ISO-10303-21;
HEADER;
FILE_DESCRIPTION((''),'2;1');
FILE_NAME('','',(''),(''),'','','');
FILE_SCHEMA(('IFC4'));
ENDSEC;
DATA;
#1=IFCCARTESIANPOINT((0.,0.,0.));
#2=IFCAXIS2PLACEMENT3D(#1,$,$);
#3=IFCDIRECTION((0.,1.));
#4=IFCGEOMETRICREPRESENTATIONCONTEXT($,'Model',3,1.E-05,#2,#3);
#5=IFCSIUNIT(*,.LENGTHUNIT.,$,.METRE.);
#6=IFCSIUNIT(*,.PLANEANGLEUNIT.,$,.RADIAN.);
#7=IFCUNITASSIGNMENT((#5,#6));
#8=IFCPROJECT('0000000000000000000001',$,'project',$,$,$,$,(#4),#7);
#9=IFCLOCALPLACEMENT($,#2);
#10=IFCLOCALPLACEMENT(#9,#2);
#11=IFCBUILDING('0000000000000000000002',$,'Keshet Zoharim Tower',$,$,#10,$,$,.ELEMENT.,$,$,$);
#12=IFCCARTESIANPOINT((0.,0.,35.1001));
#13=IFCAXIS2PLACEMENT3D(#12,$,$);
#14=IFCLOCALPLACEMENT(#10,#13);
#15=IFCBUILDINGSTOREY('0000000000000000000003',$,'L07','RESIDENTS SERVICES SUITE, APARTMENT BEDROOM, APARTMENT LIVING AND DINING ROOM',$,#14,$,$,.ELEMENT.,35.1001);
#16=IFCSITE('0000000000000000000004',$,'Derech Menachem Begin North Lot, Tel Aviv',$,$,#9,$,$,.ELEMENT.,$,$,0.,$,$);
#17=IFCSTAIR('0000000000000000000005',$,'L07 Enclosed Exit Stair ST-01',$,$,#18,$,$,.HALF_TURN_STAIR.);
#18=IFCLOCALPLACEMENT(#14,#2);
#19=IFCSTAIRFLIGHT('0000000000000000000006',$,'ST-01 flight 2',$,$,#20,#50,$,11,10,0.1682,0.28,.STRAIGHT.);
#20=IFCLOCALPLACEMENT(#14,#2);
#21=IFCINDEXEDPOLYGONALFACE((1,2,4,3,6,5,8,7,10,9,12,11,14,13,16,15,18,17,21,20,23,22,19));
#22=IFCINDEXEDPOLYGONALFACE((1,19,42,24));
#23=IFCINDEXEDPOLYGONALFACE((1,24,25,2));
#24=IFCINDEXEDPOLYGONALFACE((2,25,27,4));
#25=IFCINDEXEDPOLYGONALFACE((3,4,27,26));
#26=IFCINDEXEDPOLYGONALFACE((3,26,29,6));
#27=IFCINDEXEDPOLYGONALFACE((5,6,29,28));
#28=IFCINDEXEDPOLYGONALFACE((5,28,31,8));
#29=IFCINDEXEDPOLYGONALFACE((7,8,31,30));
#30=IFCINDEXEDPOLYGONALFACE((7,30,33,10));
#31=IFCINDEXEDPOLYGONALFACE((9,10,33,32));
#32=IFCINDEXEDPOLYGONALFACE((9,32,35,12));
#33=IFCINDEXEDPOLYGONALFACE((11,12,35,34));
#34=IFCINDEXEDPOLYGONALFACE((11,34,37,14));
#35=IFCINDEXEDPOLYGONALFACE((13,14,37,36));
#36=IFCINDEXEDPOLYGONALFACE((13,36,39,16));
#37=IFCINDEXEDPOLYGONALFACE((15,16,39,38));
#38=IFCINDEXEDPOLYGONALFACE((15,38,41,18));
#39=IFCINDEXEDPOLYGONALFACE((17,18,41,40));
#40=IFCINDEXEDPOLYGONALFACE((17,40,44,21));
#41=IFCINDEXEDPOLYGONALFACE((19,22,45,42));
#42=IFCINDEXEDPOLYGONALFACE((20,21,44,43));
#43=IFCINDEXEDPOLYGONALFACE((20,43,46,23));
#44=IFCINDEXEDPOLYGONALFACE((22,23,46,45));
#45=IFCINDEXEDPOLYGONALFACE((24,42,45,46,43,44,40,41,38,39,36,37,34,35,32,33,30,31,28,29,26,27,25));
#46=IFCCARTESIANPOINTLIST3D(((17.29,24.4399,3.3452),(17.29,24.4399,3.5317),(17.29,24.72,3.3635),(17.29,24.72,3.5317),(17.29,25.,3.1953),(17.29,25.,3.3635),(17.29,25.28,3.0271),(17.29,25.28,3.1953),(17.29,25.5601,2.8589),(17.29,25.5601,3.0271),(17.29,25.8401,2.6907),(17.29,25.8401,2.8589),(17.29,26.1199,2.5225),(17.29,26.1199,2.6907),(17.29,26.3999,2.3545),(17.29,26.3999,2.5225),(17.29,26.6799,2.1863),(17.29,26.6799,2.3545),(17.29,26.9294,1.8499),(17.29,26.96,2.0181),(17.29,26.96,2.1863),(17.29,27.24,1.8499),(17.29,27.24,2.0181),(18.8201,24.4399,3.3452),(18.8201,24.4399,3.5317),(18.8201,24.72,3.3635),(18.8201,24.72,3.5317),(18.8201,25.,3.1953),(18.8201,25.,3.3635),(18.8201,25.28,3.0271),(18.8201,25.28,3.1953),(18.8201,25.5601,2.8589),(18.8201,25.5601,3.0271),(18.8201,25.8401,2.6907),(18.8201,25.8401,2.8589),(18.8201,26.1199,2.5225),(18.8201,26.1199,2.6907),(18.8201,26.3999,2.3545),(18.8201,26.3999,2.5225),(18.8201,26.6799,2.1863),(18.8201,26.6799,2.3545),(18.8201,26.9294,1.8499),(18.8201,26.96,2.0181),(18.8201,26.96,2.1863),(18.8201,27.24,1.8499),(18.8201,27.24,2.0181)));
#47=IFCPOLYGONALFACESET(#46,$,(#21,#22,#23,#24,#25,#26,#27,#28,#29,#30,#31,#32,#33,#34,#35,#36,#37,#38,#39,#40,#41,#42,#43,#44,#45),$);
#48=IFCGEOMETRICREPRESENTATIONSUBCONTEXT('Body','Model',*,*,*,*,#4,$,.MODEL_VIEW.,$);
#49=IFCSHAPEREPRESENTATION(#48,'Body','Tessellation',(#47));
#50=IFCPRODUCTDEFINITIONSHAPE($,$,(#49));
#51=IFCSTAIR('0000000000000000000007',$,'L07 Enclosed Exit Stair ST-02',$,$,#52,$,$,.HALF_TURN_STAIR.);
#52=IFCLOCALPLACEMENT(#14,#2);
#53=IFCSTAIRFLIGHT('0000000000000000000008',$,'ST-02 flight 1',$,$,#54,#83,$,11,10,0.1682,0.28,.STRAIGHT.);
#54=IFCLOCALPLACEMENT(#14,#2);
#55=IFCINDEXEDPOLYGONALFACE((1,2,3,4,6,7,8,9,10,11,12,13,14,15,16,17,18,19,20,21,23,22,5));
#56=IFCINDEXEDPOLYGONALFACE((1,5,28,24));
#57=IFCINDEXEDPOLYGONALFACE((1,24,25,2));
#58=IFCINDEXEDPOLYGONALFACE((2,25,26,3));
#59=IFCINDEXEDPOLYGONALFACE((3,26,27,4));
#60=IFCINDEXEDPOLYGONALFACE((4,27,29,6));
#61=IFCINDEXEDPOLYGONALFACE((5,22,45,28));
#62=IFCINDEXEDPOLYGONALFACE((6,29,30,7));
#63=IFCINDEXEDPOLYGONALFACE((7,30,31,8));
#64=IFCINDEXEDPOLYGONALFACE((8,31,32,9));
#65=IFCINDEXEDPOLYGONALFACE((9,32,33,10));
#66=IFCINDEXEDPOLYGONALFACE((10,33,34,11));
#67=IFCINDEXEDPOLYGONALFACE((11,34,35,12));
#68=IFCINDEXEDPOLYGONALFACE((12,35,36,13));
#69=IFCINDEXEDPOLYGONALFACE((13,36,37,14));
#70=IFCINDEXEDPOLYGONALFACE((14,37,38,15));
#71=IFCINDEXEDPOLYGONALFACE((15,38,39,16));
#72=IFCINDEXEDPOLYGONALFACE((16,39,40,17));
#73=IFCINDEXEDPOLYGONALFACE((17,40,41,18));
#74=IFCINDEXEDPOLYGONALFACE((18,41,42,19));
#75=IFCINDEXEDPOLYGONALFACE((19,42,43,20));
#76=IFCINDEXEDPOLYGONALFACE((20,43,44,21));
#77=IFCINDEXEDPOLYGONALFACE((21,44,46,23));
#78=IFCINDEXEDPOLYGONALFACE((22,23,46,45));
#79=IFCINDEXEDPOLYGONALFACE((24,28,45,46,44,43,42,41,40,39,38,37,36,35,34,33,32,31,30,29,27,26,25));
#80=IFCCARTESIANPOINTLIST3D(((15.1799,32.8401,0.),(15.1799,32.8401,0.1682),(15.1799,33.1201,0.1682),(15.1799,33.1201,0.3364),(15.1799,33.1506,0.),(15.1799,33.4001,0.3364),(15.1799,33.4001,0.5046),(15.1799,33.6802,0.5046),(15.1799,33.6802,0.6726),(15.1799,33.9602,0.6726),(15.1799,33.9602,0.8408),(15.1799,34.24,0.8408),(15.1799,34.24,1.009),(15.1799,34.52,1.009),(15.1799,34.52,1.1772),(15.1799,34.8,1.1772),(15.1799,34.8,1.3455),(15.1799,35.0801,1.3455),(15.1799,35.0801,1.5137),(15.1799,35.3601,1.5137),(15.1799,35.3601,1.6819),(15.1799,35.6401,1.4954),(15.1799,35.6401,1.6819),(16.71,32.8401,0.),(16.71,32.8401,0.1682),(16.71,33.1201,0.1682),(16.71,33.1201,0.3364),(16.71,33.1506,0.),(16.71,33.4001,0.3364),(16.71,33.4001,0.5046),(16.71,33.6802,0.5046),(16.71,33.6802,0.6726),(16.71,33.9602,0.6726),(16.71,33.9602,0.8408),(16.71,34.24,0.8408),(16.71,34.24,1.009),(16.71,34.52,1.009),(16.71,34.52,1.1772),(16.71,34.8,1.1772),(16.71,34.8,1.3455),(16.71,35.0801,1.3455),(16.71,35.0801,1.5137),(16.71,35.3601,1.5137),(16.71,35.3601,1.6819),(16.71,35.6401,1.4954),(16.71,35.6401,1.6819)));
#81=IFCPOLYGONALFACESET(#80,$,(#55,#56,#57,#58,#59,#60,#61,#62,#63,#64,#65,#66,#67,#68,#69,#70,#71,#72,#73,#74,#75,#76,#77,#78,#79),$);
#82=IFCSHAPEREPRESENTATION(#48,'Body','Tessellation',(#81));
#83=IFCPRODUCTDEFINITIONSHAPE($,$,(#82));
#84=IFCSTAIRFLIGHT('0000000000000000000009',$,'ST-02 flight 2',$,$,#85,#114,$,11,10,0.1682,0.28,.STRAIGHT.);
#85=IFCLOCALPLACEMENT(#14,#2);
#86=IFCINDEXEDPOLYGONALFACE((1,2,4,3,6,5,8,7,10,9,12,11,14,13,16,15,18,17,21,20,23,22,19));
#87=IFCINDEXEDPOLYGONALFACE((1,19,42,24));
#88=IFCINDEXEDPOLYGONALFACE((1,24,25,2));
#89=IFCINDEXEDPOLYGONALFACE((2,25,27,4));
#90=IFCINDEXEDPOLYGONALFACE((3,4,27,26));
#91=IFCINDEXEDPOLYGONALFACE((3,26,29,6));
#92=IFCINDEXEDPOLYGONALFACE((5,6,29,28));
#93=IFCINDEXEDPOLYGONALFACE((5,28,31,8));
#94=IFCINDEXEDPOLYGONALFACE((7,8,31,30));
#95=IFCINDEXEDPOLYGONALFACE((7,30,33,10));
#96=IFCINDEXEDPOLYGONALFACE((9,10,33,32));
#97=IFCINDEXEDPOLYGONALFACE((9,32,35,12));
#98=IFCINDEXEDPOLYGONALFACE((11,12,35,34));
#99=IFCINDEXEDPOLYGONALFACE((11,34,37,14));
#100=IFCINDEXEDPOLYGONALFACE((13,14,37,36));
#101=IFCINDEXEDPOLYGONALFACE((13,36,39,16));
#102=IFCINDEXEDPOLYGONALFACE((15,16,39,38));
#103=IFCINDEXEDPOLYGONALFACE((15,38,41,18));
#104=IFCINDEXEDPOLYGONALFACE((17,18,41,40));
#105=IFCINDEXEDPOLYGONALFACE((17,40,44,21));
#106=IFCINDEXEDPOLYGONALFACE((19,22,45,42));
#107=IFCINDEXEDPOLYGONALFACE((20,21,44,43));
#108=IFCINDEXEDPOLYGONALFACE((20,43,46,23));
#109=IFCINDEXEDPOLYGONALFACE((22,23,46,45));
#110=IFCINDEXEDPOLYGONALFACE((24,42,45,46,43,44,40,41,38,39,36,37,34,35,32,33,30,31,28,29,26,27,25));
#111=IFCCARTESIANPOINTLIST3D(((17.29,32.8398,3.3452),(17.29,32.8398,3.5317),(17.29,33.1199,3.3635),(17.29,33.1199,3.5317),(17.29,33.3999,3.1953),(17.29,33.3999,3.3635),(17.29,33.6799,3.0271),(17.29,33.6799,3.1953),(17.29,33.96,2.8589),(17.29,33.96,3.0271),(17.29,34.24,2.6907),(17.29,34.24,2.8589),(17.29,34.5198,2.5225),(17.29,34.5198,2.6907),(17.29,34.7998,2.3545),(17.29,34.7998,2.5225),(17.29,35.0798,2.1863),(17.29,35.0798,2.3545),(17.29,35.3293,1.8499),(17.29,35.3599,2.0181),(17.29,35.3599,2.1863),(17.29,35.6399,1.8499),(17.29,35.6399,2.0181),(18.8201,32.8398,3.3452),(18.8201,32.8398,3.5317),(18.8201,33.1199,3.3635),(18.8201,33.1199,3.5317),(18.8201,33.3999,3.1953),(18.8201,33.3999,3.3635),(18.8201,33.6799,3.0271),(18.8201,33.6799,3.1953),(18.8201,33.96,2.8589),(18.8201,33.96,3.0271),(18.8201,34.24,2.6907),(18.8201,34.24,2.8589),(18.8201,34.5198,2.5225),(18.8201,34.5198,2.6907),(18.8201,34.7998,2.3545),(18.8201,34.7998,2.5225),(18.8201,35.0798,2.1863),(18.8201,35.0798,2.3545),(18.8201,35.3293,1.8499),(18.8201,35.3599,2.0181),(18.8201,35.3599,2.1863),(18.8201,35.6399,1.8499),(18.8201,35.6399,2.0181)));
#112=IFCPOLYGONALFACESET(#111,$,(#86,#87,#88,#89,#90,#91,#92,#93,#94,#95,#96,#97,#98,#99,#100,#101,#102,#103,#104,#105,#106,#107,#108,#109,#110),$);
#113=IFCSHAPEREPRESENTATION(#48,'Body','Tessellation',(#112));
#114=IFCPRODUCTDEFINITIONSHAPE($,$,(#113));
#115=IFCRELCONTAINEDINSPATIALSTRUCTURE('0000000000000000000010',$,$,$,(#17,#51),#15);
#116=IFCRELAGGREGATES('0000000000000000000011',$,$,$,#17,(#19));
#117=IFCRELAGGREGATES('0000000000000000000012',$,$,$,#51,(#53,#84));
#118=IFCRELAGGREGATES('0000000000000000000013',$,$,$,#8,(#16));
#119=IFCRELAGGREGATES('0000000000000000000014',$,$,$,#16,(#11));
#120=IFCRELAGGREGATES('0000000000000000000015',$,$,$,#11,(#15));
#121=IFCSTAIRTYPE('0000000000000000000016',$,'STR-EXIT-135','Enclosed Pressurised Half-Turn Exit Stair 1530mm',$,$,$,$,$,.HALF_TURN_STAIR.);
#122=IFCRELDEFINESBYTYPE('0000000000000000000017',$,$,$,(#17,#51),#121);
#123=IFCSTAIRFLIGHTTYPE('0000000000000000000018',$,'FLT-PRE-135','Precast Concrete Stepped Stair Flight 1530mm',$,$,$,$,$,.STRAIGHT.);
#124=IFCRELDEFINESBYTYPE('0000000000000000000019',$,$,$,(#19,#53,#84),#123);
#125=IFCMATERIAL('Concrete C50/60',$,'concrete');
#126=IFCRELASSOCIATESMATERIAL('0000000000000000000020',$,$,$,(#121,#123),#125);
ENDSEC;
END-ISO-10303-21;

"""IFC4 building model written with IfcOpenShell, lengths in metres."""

from ifc_helpers import new_model, si_unit, direction, frame, origin, place, context, subcontext, project, spatial, polyline, outline, extrude, material, type_object, element, aggregate, save


model = new_model("IFC4")

# Units and contexts
model_context = context("Model", 3, precision=1e-05, world=origin(), true_north=direction((0.0, 1.0)))
body_context = subcontext(model_context, "Body", "Model", "MODEL_VIEW")
ifc_project = project(units=[si_unit("LENGTHUNIT", "METRE"), si_unit("PLANEANGLEUNIT", "RADIAN")], contexts=[model_context])

# Site, building, storey
site_placement = place(None, origin())
site = spatial("IfcSite", under=ifc_project, at=site_placement, Name="Derech Menachem Begin North Lot, Tel Aviv", CompositionType="ELEMENT", RefElevation=0.0)
building_placement = place(site_placement, origin())
building = spatial("IfcBuilding", under=site, at=building_placement, Name="Keshet Zoharim Tower", CompositionType="ELEMENT")
storey_placement = place(building_placement, frame((0.0, 0.0, 35.1001)))
storey = spatial("IfcBuildingStorey", under=building, at=storey_placement, Name="L07", Description="RESIDENTS SERVICES SUITE, APARTMENT BEDROOM, APARTMENT LIVING AND DINING ROOM", CompositionType="ELEMENT", Elevation=35.1001)

# Stair, stair flight
ifc_material_1 = material(Name="Concrete C50/60", Category="concrete")
stair_type = type_object("IfcStairType", Name="STR-EXIT-135", Description="Enclosed Pressurised Half-Turn Exit Stair 1530mm", PredefinedType="HALF_TURN_STAIR", material=ifc_material_1)
stair_1_placement = place(storey_placement, origin())
stair_1 = element("IfcStair", 1, at=stair_1_placement, inside=storey, type_object=stair_type, Name="L07 Enclosed Exit Stair ST-01", PredefinedType="HALF_TURN_STAIR")
stair_flight_type = type_object("IfcStairFlightType", Name="FLT-PRE-135", Description="Precast Concrete Stepped Stair Flight 1530mm", PredefinedType="STRAIGHT", material=ifc_material_1)
stair_flight_1_placement = place(storey_placement, frame((18.0549, 27.24, 1.8499), z_axis=(0.0, 0.0, 1.0), x_axis=(0.0, -1.0, 0.0)))
stair_flight_1 = element("IfcStairFlight", 2, at=stair_flight_1_placement, type_object=stair_flight_type, Name="ST-01 flight 2", NumberOfRisers=11, NumberOfTreads=10, PredefinedType="STRAIGHT", RiserHeight=0.1682, TreadLength=0.28, context=body_context, shape_type="SweptSolid", body=[
    extrude(outline(polyline([(0.0, 0.0), (0.0, 0.1682), (0.28, 0.1682), (0.28, 0.3364), (0.5601, 0.3364), (0.5601, 0.5046), (0.8401, 0.5046), (0.8401, 0.6726), (1.1201, 0.6726), (1.1201, 0.8408), (1.3999, 0.8408), (1.3999, 1.009), (1.6799, 1.009), (1.6799, 1.1772), (1.96, 1.1772), (1.96, 1.3455), (2.24, 1.3455), (2.24, 1.5137), (2.52, 1.5137), (2.52, 1.6819), (2.8, 1.6819), (2.8, 1.8501), (2.8, 1.4954), (0.3105, 0.0), (0.0, 0.0)])), frame((0.0, 0.7651, 0.0), z_axis=(0.0, -1.0, 0.0), x_axis=(1.0, 0.0, 0.0)), (0.0, 0.0, 1.0), 1.53),
])
aggregate(stair_1, [stair_flight_1])

# Stair, stair flights
stair_2_placement = place(storey_placement, origin())
stair_2 = element("IfcStair", 3, at=stair_2_placement, inside=storey, type_object=stair_type, Name="L07 Enclosed Exit Stair ST-02", PredefinedType="HALF_TURN_STAIR")
stair_flight_2_placement = place(storey_placement, frame((15.9451, 32.8401, 0.0), z_axis=(0.0, 0.0, 1.0), x_axis=(0.0, 1.0, 0.0)))
stair_flight_2 = element("IfcStairFlight", 4, at=stair_flight_2_placement, type_object=stair_flight_type, Name="ST-02 flight 1", NumberOfRisers=11, NumberOfTreads=10, PredefinedType="STRAIGHT", RiserHeight=0.1682, TreadLength=0.28, context=body_context, shape_type="SweptSolid", body=[
    extrude(outline(polyline([(0.0, 0.0), (0.0, 0.1682), (0.28, 0.1682), (0.28, 0.3364), (0.5601, 0.3364), (0.5601, 0.5046), (0.8401, 0.5046), (0.8401, 0.6726), (1.1201, 0.6726), (1.1201, 0.8408), (1.3999, 0.8408), (1.3999, 1.009), (1.6799, 1.009), (1.6799, 1.1772), (1.96, 1.1772), (1.96, 1.3455), (2.24, 1.3455), (2.24, 1.5137), (2.52, 1.5137), (2.52, 1.6819), (2.8, 1.6819), (2.8, 1.8501), (2.8, 1.4954), (0.3105, 0.0), (0.0, 0.0)])), frame((0.0, 0.7651, 0.0), z_axis=(0.0, -1.0, 0.0), x_axis=(1.0, 0.0, 0.0)), (0.0, 0.0, 1.0), 1.53),
])
stair_flight_3_placement = place(storey_placement, frame((18.0549, 35.6399, 1.8499), z_axis=(0.0, 0.0, 1.0), x_axis=(0.0, -1.0, 0.0)))
stair_flight_3 = element("IfcStairFlight", 5, at=stair_flight_3_placement, type_object=stair_flight_type, Name="ST-02 flight 2", NumberOfRisers=11, NumberOfTreads=10, PredefinedType="STRAIGHT", RiserHeight=0.1682, TreadLength=0.28, context=body_context, shape_type="SweptSolid", body=[
    extrude(outline(polyline([(0.0, 0.0), (0.0, 0.1682), (0.28, 0.1682), (0.28, 0.3364), (0.5601, 0.3364), (0.5601, 0.5046), (0.8401, 0.5046), (0.8401, 0.6726), (1.1201, 0.6726), (1.1201, 0.8408), (1.3999, 0.8408), (1.3999, 1.009), (1.6799, 1.009), (1.6799, 1.1772), (1.96, 1.1772), (1.96, 1.3455), (2.24, 1.3455), (2.24, 1.5137), (2.52, 1.5137), (2.52, 1.6819), (2.8, 1.6819), (2.8, 1.8501), (2.8, 1.4954), (0.3105, 0.0), (0.0, 0.0)])), frame((0.0, 0.7651, 0.0), z_axis=(0.0, -1.0, 0.0), x_axis=(1.0, 0.0, 0.0)), (0.0, 0.0, 1.0), 1.53),
])
aggregate(stair_2, [stair_flight_2, stair_flight_3])

save(model, "model.ifc")
